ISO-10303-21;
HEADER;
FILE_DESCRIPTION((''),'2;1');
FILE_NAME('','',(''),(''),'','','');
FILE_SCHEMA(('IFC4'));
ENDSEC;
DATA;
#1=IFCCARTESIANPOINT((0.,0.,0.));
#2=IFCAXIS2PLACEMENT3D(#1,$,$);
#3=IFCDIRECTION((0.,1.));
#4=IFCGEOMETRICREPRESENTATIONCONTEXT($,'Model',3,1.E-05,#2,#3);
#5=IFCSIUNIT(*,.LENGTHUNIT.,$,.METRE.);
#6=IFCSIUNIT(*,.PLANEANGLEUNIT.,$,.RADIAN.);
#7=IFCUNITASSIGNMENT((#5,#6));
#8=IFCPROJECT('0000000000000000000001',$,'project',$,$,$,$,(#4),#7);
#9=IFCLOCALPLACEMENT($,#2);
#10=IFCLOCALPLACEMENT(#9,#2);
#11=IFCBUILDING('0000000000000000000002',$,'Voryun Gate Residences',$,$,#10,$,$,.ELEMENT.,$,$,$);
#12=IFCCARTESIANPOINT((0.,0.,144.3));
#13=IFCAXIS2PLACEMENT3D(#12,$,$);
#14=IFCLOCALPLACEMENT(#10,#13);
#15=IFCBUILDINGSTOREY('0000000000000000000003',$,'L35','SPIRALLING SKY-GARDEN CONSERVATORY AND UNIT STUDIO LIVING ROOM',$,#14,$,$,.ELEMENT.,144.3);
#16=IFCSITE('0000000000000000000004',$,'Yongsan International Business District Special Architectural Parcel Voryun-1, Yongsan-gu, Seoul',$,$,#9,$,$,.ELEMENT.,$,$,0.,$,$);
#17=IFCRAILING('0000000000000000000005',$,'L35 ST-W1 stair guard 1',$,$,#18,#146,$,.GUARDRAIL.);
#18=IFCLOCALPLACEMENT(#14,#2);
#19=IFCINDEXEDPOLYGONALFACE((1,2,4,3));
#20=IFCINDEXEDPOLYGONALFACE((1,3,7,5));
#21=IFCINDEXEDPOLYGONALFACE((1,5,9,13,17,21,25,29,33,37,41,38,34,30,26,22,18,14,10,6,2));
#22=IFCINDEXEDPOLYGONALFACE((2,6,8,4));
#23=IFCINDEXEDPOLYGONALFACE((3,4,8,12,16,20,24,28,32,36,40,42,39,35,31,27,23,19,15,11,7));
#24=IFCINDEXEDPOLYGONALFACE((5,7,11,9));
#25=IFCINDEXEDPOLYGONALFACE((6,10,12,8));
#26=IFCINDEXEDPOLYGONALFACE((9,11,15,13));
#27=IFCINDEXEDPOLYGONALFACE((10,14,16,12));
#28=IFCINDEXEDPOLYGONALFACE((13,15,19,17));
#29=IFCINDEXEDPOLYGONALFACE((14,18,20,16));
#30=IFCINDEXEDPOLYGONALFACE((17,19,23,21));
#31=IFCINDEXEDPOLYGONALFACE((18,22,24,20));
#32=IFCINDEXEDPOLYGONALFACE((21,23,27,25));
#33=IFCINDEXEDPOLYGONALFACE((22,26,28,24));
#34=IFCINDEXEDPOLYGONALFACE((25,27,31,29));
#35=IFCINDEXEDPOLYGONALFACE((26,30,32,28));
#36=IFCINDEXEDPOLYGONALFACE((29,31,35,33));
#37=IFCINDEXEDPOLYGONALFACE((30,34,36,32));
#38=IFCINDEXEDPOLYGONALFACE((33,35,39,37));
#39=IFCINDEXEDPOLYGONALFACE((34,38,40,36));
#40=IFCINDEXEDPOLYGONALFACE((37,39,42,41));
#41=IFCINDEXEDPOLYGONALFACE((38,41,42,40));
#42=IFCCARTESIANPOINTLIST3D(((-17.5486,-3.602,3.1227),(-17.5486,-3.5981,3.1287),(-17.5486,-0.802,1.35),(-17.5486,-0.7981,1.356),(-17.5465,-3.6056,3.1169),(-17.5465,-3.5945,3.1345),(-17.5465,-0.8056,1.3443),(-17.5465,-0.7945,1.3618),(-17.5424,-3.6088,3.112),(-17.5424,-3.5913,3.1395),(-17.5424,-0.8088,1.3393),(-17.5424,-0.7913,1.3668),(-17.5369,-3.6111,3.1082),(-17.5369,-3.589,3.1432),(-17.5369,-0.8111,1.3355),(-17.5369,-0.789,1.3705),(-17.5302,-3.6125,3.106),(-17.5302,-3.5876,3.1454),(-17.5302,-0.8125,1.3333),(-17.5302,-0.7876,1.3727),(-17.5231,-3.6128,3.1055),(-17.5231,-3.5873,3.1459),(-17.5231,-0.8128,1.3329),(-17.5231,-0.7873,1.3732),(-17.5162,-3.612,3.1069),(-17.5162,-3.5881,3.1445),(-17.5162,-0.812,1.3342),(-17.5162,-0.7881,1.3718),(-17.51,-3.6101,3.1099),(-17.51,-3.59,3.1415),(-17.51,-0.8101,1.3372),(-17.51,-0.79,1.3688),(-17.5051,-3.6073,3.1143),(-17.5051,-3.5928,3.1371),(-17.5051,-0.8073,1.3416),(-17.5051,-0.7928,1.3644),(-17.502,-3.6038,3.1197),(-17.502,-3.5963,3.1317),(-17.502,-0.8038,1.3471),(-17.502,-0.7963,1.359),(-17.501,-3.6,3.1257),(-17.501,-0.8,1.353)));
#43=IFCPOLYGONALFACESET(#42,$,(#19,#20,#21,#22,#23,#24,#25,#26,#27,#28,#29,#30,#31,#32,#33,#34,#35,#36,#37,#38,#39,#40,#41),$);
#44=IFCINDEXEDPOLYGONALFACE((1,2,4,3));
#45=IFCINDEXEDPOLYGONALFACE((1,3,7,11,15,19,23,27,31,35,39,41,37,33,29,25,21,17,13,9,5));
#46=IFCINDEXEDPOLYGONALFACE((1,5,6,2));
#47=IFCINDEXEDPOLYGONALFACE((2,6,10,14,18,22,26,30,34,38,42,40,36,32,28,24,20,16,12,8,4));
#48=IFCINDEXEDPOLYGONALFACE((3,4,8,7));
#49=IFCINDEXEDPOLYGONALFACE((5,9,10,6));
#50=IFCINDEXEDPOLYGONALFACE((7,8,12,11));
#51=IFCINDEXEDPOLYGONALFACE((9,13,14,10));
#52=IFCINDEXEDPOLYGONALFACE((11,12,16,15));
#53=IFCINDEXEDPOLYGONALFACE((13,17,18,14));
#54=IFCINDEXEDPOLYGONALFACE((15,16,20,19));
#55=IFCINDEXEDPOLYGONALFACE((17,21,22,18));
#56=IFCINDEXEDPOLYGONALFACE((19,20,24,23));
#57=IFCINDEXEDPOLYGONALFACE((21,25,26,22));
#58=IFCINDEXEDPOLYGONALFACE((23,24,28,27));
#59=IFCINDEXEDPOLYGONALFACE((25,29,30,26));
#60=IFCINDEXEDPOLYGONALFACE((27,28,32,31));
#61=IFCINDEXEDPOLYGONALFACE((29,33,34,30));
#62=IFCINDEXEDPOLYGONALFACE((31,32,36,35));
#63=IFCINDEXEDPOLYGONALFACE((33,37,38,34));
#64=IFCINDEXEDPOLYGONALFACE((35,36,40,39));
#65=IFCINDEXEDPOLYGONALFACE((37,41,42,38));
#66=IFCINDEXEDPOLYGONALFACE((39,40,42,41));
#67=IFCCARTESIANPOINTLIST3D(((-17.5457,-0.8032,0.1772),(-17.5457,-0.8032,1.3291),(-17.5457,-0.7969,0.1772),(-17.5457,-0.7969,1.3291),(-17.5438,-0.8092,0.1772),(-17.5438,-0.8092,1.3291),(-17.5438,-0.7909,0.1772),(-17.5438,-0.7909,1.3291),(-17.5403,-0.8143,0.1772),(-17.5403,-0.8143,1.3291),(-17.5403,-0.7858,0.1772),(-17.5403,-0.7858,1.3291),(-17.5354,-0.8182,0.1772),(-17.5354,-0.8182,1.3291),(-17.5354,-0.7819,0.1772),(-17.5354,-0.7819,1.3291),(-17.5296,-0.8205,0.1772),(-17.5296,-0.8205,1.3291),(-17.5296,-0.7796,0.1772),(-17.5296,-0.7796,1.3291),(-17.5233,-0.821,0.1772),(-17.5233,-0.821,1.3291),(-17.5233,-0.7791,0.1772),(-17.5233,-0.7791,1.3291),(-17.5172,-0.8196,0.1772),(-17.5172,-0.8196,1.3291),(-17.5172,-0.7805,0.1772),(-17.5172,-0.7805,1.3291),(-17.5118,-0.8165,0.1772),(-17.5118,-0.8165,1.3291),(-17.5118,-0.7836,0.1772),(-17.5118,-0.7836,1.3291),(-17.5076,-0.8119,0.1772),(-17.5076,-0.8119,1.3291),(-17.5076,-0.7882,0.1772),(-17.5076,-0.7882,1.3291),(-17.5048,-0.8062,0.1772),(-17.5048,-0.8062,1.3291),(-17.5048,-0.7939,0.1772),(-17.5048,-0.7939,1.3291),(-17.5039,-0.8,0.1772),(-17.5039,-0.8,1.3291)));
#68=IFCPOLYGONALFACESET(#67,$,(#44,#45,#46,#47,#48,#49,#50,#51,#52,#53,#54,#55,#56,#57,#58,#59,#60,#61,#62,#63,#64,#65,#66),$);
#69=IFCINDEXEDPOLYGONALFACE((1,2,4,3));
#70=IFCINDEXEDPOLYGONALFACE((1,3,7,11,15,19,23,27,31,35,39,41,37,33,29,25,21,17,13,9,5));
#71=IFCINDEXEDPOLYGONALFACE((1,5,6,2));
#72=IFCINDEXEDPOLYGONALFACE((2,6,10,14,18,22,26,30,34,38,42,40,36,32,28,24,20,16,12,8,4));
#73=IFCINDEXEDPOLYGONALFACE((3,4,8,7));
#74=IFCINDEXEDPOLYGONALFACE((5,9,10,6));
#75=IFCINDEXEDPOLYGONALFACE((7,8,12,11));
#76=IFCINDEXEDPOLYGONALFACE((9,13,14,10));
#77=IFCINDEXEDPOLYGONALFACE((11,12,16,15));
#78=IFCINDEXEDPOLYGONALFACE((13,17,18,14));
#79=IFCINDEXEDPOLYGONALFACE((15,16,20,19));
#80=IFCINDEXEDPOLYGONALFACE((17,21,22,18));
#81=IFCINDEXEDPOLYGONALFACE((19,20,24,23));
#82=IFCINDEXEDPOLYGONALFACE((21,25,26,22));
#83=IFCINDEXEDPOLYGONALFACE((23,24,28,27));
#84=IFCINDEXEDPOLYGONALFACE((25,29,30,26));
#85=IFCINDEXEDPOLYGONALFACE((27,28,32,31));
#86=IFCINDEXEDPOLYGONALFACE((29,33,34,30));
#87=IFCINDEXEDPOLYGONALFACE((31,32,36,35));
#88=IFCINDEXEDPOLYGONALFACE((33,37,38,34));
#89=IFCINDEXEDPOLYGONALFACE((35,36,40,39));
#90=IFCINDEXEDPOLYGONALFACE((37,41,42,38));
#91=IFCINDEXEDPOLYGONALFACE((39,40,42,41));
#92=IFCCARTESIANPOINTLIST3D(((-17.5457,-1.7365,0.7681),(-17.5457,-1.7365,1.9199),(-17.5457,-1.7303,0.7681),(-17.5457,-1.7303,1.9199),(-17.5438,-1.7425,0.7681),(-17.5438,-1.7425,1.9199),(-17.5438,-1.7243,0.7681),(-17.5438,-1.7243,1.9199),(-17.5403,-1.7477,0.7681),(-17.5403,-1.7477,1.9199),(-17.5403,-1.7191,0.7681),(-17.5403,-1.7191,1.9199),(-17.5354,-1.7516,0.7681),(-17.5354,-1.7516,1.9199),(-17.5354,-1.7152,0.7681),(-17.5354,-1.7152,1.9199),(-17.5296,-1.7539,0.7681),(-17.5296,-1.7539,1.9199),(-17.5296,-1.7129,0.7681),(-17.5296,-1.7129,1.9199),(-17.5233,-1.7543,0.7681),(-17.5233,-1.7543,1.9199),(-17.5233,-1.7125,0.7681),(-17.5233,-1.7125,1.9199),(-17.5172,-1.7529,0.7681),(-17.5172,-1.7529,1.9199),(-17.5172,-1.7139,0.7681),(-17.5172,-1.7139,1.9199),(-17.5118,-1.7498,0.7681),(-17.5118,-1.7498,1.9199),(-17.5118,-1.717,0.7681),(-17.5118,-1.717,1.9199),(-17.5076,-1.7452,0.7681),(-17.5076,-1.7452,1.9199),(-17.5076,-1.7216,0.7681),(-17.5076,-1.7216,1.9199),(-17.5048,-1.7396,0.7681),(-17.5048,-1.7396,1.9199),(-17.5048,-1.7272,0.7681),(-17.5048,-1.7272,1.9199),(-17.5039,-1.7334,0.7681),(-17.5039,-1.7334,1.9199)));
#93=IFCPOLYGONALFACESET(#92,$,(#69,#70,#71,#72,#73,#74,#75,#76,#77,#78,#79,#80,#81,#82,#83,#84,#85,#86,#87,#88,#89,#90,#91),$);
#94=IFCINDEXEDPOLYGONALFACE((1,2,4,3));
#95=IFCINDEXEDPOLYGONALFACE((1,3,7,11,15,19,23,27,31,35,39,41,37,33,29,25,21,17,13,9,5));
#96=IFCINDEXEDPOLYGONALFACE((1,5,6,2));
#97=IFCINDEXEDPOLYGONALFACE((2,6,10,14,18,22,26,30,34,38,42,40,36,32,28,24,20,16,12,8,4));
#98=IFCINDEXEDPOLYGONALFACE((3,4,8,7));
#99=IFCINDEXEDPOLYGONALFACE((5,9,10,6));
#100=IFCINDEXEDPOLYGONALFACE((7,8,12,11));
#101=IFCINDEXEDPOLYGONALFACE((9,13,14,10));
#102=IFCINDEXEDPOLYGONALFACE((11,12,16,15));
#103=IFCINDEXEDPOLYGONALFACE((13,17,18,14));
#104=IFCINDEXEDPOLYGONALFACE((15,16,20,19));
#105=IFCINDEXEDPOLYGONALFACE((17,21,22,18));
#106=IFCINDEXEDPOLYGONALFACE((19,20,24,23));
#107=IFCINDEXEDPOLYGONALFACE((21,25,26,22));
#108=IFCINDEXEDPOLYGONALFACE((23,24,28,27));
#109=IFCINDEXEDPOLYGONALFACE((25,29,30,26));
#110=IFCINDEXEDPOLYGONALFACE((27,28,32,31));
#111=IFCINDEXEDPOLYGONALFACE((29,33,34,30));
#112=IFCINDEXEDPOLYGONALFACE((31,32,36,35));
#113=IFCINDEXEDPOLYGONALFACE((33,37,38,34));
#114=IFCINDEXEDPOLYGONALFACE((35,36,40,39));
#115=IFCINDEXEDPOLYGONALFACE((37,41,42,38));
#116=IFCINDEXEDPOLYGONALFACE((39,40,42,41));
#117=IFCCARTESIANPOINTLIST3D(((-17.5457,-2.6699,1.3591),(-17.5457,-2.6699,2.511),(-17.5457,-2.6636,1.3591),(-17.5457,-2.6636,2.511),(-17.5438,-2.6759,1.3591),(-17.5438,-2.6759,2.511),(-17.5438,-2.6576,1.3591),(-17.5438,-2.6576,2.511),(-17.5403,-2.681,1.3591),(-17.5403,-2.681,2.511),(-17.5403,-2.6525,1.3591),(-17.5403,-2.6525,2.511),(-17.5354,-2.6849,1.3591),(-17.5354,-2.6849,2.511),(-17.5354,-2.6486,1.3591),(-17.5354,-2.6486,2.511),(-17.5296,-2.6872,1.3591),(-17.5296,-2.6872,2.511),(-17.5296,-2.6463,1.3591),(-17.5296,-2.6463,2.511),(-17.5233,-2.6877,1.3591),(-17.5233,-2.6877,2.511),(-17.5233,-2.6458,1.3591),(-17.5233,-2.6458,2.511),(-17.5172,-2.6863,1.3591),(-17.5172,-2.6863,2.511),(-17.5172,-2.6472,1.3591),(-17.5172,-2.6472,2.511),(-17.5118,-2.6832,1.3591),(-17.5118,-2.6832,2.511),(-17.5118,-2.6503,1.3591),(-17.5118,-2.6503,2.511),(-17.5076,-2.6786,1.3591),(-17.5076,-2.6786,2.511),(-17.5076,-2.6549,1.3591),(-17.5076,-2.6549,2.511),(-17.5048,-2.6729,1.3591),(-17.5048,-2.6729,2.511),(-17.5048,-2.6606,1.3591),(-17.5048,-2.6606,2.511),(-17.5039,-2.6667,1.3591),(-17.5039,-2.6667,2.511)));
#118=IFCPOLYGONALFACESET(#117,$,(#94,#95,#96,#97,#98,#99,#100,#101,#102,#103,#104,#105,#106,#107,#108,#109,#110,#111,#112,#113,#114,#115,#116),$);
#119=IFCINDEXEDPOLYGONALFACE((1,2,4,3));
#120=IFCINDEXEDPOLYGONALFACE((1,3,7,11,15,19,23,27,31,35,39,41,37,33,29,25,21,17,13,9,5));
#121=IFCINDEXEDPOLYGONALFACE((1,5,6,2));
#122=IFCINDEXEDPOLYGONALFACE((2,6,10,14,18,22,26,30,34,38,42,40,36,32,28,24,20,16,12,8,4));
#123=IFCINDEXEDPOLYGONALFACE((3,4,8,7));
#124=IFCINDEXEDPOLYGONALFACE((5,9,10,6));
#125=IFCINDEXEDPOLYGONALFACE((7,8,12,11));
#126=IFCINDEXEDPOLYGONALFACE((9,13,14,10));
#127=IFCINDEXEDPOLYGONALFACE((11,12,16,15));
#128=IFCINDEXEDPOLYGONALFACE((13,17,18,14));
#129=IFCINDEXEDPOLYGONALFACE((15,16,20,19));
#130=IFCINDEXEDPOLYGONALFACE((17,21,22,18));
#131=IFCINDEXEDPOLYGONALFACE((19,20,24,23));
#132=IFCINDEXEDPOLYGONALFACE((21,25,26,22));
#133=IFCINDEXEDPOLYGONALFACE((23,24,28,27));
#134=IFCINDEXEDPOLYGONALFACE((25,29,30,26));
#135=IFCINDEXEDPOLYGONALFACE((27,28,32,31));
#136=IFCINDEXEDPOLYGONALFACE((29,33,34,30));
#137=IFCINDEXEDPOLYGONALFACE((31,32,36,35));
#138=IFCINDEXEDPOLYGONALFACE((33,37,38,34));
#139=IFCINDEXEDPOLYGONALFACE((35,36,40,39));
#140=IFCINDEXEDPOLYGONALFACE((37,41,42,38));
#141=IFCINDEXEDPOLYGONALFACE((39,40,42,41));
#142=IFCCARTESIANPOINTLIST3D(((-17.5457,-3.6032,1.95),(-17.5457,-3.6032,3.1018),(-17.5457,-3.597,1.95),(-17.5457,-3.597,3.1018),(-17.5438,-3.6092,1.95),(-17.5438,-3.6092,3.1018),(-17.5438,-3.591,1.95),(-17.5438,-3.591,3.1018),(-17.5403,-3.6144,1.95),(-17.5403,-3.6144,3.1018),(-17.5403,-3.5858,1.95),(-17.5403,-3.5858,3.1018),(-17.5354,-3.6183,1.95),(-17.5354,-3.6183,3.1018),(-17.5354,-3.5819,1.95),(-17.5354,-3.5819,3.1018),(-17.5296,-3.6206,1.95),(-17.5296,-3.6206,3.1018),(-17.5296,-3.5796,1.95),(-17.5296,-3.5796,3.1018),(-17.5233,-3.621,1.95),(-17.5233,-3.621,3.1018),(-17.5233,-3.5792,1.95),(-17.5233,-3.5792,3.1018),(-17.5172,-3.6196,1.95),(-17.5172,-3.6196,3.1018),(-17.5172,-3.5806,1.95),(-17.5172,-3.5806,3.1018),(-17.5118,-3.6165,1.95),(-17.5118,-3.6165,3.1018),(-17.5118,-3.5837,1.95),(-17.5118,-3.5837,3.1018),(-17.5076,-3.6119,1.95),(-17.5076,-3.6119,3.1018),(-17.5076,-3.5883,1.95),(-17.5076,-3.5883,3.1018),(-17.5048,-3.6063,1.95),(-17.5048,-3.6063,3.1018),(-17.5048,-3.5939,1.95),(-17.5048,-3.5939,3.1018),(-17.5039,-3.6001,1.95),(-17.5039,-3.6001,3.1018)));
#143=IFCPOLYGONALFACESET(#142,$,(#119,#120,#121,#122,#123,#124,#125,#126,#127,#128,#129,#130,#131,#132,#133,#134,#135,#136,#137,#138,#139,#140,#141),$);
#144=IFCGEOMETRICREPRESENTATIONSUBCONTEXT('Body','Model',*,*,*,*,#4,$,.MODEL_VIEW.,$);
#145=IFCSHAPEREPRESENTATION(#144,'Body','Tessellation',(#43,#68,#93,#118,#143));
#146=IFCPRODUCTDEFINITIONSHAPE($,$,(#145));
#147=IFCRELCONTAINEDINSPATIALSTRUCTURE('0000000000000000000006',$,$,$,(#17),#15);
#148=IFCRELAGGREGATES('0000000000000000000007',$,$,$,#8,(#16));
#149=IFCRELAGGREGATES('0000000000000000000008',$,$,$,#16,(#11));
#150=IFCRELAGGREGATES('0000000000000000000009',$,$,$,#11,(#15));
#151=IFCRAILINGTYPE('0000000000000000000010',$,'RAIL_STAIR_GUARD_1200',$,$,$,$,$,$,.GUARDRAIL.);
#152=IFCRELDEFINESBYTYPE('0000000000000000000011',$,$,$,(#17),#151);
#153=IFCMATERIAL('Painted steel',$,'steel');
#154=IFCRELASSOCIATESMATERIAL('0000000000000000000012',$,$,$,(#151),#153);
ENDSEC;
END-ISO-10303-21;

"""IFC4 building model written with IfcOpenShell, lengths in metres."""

from ifc_helpers import new_model, si_unit, direction, frame, origin, origin_2d, place, context, subcontext, project, spatial, circle, extrude, material, type_object, element, save


model = new_model("IFC4")

# Units and contexts
model_context = context("Model", 3, precision=1e-05, world=origin(), true_north=direction((0.0, 1.0)))
body_context = subcontext(model_context, "Body", "Model", "MODEL_VIEW")
ifc_project = project(units=[si_unit("LENGTHUNIT", "METRE"), si_unit("PLANEANGLEUNIT", "RADIAN")], contexts=[model_context])

# Site, building, storey
site_placement = place(None, origin())
site = spatial("IfcSite", under=ifc_project, at=site_placement, Name="Yongsan International Business District Special Architectural Parcel Voryun-1, Yongsan-gu, Seoul", CompositionType="ELEMENT", RefElevation=0.0)
building_placement = place(site_placement, origin())
building = spatial("IfcBuilding", under=site, at=building_placement, Name="Voryun Gate Residences", CompositionType="ELEMENT")
storey_placement = place(building_placement, frame((0.0, 0.0, 144.3)))
storey = spatial("IfcBuildingStorey", under=building, at=storey_placement, Name="L35", Description="SPIRALLING SKY-GARDEN CONSERVATORY AND UNIT STUDIO LIVING ROOM", CompositionType="ELEMENT", Elevation=144.3)

# Railing
ifc_material_1 = material(Name="Painted steel", Category="steel")
railing_type_1 = type_object("IfcRailingType", Name="RAIL_STAIR_GUARD_1200", PredefinedType="GUARDRAIL", material=ifc_material_1)
railing_1_placement = place(storey_placement, frame((-17.5249, -0.8, 0.1772)))
element("IfcRailing", 1, at=railing_1_placement, inside=storey, type_object=railing_type_1, Name="L35 ST-W1 stair guard 1", PredefinedType="GUARDRAIL", context=body_context, shape_type="SweptSolid", body=[
    extrude(circle(Radius=0.0239, at=origin_2d()), frame((0.0, 0.0, 1.1758), z_axis=(0.0, -0.844909, 0.53491), x_axis=(1.0, 0.0, 0.0)), (0.0, 0.0, 1.0), 3.314),
    extrude(circle(Radius=0.021, at=origin_2d()), origin(), (0.0, 0.0, 1.0), 1.1519),
    extrude(circle(Radius=0.021, at=origin_2d()), frame((0.0, -0.9333, 0.5908)), (0.0, 0.0, 1.0), 1.1519),
    extrude(circle(Radius=0.021, at=origin_2d()), frame((0.0, -1.8667, 1.1819)), (0.0, 0.0, 1.0), 1.1519),
    extrude(circle(Radius=0.021, at=origin_2d()), frame((0.0, -2.8, 1.7727)), (0.0, 0.0, 1.0), 1.1519),
])

save(model, "model.ifc")
